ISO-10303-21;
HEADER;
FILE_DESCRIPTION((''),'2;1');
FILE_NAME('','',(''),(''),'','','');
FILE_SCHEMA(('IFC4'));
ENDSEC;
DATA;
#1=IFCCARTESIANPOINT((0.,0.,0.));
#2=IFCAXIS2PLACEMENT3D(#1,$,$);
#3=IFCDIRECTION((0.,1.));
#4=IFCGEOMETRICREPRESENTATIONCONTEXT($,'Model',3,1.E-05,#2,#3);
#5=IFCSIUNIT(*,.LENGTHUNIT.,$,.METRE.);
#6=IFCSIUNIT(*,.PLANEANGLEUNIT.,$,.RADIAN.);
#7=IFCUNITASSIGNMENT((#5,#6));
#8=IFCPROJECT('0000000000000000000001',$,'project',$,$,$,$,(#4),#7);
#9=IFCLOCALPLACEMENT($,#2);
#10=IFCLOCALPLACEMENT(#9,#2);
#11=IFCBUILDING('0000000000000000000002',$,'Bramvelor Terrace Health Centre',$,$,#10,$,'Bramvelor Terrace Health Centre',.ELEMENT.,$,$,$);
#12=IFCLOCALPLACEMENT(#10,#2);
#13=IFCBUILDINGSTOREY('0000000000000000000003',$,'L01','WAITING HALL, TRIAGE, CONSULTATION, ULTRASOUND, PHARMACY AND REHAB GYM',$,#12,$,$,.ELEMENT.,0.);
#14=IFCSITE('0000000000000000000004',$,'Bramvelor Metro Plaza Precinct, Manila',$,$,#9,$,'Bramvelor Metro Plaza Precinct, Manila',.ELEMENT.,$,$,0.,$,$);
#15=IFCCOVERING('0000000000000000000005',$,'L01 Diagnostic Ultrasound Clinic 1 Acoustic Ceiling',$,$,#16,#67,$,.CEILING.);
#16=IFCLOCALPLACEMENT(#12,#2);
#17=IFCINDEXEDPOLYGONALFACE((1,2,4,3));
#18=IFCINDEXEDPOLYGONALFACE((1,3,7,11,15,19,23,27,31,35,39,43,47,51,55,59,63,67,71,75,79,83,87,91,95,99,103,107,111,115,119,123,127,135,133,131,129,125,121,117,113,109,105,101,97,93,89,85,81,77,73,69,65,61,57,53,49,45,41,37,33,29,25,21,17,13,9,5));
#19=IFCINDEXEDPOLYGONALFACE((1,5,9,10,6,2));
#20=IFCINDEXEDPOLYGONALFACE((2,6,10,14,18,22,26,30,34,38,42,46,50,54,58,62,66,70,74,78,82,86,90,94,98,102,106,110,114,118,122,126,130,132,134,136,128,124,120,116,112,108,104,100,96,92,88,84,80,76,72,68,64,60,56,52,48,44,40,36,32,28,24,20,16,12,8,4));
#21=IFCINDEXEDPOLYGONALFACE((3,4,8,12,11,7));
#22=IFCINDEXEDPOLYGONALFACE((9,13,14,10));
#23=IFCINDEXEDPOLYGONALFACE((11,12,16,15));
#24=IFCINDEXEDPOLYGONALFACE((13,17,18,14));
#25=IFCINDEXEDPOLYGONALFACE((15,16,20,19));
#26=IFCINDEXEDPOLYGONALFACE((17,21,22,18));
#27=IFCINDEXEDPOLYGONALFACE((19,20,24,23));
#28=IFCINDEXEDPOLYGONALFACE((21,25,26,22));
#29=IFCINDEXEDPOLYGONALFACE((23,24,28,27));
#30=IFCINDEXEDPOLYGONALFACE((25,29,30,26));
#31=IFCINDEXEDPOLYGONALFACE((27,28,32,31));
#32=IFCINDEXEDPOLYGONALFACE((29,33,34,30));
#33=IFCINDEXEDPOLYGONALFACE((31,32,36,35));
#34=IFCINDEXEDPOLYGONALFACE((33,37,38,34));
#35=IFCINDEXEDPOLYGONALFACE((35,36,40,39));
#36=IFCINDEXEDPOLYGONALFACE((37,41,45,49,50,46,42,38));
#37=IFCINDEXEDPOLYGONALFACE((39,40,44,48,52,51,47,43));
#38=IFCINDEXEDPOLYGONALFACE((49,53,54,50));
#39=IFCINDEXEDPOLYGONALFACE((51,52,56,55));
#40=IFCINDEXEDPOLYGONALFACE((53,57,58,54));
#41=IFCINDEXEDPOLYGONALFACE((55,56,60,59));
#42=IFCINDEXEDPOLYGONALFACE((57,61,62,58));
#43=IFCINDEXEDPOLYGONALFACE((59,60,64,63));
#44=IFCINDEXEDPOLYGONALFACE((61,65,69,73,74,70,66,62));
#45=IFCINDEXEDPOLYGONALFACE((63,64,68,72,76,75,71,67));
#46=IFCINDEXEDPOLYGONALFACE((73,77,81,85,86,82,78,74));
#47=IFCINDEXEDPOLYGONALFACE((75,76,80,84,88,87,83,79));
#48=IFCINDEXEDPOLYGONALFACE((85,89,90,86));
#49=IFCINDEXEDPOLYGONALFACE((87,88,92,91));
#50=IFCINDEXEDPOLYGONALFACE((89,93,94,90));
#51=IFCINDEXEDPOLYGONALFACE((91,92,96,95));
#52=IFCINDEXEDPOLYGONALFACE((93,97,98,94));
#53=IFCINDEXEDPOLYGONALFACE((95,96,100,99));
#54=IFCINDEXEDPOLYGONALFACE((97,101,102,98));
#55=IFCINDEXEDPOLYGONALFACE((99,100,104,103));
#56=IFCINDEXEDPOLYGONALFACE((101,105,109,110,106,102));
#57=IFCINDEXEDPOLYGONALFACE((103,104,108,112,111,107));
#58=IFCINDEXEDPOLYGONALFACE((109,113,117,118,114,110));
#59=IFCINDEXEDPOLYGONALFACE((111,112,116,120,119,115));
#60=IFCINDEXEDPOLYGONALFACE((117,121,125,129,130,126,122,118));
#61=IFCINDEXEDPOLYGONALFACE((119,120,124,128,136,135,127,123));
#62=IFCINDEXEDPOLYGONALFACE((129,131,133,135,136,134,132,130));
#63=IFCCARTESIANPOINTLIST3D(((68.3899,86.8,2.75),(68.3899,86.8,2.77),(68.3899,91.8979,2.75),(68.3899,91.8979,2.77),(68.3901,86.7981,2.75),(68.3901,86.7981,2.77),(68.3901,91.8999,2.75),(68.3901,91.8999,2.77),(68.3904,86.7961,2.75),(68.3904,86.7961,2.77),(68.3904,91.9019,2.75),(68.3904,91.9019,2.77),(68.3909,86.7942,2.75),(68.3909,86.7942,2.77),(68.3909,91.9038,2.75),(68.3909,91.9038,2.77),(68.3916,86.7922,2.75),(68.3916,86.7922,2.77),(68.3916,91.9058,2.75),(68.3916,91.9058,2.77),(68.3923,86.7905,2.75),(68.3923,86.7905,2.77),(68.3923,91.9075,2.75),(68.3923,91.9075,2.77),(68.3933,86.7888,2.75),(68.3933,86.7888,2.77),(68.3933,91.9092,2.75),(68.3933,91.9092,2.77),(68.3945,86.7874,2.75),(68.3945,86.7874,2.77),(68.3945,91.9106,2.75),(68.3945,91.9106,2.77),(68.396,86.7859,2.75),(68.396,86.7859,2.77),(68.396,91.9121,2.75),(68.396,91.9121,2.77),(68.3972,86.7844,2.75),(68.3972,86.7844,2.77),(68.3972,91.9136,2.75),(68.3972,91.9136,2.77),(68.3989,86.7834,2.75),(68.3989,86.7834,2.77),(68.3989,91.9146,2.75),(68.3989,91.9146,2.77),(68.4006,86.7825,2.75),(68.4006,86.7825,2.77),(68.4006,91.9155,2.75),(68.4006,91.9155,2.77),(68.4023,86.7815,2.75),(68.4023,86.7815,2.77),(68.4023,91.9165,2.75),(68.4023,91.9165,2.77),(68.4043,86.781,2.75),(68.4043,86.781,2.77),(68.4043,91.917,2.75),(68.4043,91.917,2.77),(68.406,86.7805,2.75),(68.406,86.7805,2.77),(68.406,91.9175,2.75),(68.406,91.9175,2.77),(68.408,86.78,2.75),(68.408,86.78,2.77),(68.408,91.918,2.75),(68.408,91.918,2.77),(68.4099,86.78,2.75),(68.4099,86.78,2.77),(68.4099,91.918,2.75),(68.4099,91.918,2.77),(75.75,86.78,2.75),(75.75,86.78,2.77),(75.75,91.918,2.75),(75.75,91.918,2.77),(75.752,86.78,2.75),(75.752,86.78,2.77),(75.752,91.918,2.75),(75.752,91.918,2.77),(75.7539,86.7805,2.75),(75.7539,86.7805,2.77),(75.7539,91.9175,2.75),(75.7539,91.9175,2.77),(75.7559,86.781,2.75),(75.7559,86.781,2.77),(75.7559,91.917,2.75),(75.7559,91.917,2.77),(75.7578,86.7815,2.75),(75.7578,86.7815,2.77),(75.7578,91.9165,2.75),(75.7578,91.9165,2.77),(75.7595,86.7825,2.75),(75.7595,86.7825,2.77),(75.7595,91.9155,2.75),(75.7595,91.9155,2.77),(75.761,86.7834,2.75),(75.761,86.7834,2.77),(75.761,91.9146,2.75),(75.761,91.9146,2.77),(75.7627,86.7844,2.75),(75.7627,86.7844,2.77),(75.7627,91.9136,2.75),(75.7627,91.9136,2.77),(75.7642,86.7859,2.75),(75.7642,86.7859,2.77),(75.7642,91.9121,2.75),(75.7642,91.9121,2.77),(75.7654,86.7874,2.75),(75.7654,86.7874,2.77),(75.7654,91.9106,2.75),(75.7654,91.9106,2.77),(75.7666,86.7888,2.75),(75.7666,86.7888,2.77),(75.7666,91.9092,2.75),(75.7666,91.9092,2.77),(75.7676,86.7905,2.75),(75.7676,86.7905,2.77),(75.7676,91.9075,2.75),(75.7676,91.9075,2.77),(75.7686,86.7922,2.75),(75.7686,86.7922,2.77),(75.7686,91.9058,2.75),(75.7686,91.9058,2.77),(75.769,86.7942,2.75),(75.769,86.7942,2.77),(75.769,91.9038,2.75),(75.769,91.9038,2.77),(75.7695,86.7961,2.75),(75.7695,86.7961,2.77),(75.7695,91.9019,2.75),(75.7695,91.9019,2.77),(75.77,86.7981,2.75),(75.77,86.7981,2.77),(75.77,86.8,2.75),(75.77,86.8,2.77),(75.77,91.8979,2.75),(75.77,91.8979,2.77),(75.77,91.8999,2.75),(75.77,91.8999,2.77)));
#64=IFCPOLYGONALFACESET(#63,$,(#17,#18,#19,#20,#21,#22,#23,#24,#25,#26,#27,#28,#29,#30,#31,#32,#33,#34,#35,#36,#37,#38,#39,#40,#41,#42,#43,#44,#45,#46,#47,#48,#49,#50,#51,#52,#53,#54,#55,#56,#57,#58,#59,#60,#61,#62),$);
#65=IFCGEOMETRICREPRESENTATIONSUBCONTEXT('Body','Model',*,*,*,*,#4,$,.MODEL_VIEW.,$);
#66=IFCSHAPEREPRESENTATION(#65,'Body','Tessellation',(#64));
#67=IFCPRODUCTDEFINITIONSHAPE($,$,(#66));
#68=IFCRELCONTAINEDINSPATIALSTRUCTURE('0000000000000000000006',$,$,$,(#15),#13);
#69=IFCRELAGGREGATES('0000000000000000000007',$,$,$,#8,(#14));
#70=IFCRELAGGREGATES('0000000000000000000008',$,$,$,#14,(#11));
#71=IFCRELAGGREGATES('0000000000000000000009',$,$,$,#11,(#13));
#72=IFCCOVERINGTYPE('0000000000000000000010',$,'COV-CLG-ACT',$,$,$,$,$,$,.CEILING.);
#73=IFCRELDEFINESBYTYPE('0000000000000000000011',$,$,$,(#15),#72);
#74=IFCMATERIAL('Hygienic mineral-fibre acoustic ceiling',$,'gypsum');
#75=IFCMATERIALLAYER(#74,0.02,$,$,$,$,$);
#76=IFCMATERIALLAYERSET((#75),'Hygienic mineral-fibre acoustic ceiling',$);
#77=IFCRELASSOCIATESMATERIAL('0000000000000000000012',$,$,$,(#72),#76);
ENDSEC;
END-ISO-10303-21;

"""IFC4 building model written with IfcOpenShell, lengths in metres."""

from ifc_helpers import new_model, si_unit, direction, frame, origin, place, context, subcontext, project, spatial, polyline, outline, extrude, material, layer, layer_set, type_object, element, save


model = new_model("IFC4")

# Units and contexts
model_context = context("Model", 3, precision=1e-05, world=origin(), true_north=direction((0.0, 1.0)))
body_context = subcontext(model_context, "Body", "Model", "MODEL_VIEW")
ifc_project = project(units=[si_unit("LENGTHUNIT", "METRE"), si_unit("PLANEANGLEUNIT", "RADIAN")], contexts=[model_context])

# Site, building, storey
site_placement = place(None, origin())
site = spatial("IfcSite", under=ifc_project, at=site_placement, Name="Bramvelor Metro Plaza Precinct, Manila", LongName="Bramvelor Metro Plaza Precinct, Manila", CompositionType="ELEMENT", RefElevation=0.0)
building_placement = place(site_placement, origin())
building = spatial("IfcBuilding", under=site, at=building_placement, Name="Bramvelor Terrace Health Centre", LongName="Bramvelor Terrace Health Centre", CompositionType="ELEMENT")
storey_placement = place(building_placement, origin())
storey = spatial("IfcBuildingStorey", under=building, at=storey_placement, Name="L01", Description="WAITING HALL, TRIAGE, CONSULTATION, ULTRASOUND, PHARMACY AND REHAB GYM", CompositionType="ELEMENT", Elevation=0.0)

# Covering
ifc_material_1 = material(Name="Hygienic mineral-fibre acoustic ceiling", Category="gypsum")
ifc_layer_1 = layer(ifc_material_1, 0.02)
ifc_layer_set_1 = layer_set([ifc_layer_1], Name="Hygienic mineral-fibre acoustic ceiling")
covering_type_1 = type_object("IfcCoveringType", Name="COV-CLG-ACT", PredefinedType="CEILING", material=ifc_layer_set_1)
covering_1_placement = place(storey_placement, frame((0.0, 0.0, 2.75)))
element("IfcCovering", 1, at=covering_1_placement, inside=storey, type_object=covering_type_1, Name="L01 Diagnostic Ultrasound Clinic 1 Acoustic Ceiling", PredefinedType="CEILING", context=body_context, shape_type="SweptSolid", body=[
    extrude(outline(polyline([(68.3899, 91.8979), (68.3901, 91.8999), (68.3904, 91.9019), (68.3909, 91.9038), (68.3916, 91.9058), (68.3923, 91.9075), (68.3933, 91.9092), (68.3945, 91.9106), (68.396, 91.9121), (68.3972, 91.9136), (68.3989, 91.9146), (68.4006, 91.9155), (68.4023, 91.9165), (68.4043, 91.917), (68.406, 91.9175), (68.408, 91.918), (68.4099, 91.918), (75.75, 91.918), (75.752, 91.918), (75.7539, 91.9175), (75.7559, 91.917), (75.7578, 91.9165), (75.7595, 91.9155), (75.761, 91.9146), (75.7627, 91.9136), (75.7642, 91.9121), (75.7654, 91.9106), (75.7666, 91.9092), (75.7676, 91.9075), (75.7686, 91.9058), (75.769, 91.9038), (75.7695, 91.9019), (75.77, 91.8999), (75.77, 91.8979), (75.77, 86.8), (75.77, 86.7981), (75.7695, 86.7961), (75.769, 86.7942), (75.7686, 86.7922), (75.7676, 86.7905), (75.7666, 86.7888), (75.7654, 86.7874), (75.7642, 86.7859), (75.7627, 86.7844), (75.761, 86.7834), (75.7595, 86.7825), (75.7578, 86.7815), (75.7559, 86.781), (75.7539, 86.7805), (75.752, 86.78), (75.75, 86.78), (68.4099, 86.78), (68.408, 86.78), (68.406, 86.7805), (68.4043, 86.781), (68.4023, 86.7815), (68.4006, 86.7825), (68.3989, 86.7834), (68.3972, 86.7844), (68.396, 86.7859), (68.3945, 86.7874), (68.3933, 86.7888), (68.3923, 86.7905), (68.3916, 86.7922), (68.3909, 86.7942), (68.3904, 86.7961), (68.3901, 86.7981), (68.3899, 86.8), (68.3899, 91.8979)])), origin(), (0.0, 0.0, 1.0), 0.02),
])

save(model, "model.ifc")
